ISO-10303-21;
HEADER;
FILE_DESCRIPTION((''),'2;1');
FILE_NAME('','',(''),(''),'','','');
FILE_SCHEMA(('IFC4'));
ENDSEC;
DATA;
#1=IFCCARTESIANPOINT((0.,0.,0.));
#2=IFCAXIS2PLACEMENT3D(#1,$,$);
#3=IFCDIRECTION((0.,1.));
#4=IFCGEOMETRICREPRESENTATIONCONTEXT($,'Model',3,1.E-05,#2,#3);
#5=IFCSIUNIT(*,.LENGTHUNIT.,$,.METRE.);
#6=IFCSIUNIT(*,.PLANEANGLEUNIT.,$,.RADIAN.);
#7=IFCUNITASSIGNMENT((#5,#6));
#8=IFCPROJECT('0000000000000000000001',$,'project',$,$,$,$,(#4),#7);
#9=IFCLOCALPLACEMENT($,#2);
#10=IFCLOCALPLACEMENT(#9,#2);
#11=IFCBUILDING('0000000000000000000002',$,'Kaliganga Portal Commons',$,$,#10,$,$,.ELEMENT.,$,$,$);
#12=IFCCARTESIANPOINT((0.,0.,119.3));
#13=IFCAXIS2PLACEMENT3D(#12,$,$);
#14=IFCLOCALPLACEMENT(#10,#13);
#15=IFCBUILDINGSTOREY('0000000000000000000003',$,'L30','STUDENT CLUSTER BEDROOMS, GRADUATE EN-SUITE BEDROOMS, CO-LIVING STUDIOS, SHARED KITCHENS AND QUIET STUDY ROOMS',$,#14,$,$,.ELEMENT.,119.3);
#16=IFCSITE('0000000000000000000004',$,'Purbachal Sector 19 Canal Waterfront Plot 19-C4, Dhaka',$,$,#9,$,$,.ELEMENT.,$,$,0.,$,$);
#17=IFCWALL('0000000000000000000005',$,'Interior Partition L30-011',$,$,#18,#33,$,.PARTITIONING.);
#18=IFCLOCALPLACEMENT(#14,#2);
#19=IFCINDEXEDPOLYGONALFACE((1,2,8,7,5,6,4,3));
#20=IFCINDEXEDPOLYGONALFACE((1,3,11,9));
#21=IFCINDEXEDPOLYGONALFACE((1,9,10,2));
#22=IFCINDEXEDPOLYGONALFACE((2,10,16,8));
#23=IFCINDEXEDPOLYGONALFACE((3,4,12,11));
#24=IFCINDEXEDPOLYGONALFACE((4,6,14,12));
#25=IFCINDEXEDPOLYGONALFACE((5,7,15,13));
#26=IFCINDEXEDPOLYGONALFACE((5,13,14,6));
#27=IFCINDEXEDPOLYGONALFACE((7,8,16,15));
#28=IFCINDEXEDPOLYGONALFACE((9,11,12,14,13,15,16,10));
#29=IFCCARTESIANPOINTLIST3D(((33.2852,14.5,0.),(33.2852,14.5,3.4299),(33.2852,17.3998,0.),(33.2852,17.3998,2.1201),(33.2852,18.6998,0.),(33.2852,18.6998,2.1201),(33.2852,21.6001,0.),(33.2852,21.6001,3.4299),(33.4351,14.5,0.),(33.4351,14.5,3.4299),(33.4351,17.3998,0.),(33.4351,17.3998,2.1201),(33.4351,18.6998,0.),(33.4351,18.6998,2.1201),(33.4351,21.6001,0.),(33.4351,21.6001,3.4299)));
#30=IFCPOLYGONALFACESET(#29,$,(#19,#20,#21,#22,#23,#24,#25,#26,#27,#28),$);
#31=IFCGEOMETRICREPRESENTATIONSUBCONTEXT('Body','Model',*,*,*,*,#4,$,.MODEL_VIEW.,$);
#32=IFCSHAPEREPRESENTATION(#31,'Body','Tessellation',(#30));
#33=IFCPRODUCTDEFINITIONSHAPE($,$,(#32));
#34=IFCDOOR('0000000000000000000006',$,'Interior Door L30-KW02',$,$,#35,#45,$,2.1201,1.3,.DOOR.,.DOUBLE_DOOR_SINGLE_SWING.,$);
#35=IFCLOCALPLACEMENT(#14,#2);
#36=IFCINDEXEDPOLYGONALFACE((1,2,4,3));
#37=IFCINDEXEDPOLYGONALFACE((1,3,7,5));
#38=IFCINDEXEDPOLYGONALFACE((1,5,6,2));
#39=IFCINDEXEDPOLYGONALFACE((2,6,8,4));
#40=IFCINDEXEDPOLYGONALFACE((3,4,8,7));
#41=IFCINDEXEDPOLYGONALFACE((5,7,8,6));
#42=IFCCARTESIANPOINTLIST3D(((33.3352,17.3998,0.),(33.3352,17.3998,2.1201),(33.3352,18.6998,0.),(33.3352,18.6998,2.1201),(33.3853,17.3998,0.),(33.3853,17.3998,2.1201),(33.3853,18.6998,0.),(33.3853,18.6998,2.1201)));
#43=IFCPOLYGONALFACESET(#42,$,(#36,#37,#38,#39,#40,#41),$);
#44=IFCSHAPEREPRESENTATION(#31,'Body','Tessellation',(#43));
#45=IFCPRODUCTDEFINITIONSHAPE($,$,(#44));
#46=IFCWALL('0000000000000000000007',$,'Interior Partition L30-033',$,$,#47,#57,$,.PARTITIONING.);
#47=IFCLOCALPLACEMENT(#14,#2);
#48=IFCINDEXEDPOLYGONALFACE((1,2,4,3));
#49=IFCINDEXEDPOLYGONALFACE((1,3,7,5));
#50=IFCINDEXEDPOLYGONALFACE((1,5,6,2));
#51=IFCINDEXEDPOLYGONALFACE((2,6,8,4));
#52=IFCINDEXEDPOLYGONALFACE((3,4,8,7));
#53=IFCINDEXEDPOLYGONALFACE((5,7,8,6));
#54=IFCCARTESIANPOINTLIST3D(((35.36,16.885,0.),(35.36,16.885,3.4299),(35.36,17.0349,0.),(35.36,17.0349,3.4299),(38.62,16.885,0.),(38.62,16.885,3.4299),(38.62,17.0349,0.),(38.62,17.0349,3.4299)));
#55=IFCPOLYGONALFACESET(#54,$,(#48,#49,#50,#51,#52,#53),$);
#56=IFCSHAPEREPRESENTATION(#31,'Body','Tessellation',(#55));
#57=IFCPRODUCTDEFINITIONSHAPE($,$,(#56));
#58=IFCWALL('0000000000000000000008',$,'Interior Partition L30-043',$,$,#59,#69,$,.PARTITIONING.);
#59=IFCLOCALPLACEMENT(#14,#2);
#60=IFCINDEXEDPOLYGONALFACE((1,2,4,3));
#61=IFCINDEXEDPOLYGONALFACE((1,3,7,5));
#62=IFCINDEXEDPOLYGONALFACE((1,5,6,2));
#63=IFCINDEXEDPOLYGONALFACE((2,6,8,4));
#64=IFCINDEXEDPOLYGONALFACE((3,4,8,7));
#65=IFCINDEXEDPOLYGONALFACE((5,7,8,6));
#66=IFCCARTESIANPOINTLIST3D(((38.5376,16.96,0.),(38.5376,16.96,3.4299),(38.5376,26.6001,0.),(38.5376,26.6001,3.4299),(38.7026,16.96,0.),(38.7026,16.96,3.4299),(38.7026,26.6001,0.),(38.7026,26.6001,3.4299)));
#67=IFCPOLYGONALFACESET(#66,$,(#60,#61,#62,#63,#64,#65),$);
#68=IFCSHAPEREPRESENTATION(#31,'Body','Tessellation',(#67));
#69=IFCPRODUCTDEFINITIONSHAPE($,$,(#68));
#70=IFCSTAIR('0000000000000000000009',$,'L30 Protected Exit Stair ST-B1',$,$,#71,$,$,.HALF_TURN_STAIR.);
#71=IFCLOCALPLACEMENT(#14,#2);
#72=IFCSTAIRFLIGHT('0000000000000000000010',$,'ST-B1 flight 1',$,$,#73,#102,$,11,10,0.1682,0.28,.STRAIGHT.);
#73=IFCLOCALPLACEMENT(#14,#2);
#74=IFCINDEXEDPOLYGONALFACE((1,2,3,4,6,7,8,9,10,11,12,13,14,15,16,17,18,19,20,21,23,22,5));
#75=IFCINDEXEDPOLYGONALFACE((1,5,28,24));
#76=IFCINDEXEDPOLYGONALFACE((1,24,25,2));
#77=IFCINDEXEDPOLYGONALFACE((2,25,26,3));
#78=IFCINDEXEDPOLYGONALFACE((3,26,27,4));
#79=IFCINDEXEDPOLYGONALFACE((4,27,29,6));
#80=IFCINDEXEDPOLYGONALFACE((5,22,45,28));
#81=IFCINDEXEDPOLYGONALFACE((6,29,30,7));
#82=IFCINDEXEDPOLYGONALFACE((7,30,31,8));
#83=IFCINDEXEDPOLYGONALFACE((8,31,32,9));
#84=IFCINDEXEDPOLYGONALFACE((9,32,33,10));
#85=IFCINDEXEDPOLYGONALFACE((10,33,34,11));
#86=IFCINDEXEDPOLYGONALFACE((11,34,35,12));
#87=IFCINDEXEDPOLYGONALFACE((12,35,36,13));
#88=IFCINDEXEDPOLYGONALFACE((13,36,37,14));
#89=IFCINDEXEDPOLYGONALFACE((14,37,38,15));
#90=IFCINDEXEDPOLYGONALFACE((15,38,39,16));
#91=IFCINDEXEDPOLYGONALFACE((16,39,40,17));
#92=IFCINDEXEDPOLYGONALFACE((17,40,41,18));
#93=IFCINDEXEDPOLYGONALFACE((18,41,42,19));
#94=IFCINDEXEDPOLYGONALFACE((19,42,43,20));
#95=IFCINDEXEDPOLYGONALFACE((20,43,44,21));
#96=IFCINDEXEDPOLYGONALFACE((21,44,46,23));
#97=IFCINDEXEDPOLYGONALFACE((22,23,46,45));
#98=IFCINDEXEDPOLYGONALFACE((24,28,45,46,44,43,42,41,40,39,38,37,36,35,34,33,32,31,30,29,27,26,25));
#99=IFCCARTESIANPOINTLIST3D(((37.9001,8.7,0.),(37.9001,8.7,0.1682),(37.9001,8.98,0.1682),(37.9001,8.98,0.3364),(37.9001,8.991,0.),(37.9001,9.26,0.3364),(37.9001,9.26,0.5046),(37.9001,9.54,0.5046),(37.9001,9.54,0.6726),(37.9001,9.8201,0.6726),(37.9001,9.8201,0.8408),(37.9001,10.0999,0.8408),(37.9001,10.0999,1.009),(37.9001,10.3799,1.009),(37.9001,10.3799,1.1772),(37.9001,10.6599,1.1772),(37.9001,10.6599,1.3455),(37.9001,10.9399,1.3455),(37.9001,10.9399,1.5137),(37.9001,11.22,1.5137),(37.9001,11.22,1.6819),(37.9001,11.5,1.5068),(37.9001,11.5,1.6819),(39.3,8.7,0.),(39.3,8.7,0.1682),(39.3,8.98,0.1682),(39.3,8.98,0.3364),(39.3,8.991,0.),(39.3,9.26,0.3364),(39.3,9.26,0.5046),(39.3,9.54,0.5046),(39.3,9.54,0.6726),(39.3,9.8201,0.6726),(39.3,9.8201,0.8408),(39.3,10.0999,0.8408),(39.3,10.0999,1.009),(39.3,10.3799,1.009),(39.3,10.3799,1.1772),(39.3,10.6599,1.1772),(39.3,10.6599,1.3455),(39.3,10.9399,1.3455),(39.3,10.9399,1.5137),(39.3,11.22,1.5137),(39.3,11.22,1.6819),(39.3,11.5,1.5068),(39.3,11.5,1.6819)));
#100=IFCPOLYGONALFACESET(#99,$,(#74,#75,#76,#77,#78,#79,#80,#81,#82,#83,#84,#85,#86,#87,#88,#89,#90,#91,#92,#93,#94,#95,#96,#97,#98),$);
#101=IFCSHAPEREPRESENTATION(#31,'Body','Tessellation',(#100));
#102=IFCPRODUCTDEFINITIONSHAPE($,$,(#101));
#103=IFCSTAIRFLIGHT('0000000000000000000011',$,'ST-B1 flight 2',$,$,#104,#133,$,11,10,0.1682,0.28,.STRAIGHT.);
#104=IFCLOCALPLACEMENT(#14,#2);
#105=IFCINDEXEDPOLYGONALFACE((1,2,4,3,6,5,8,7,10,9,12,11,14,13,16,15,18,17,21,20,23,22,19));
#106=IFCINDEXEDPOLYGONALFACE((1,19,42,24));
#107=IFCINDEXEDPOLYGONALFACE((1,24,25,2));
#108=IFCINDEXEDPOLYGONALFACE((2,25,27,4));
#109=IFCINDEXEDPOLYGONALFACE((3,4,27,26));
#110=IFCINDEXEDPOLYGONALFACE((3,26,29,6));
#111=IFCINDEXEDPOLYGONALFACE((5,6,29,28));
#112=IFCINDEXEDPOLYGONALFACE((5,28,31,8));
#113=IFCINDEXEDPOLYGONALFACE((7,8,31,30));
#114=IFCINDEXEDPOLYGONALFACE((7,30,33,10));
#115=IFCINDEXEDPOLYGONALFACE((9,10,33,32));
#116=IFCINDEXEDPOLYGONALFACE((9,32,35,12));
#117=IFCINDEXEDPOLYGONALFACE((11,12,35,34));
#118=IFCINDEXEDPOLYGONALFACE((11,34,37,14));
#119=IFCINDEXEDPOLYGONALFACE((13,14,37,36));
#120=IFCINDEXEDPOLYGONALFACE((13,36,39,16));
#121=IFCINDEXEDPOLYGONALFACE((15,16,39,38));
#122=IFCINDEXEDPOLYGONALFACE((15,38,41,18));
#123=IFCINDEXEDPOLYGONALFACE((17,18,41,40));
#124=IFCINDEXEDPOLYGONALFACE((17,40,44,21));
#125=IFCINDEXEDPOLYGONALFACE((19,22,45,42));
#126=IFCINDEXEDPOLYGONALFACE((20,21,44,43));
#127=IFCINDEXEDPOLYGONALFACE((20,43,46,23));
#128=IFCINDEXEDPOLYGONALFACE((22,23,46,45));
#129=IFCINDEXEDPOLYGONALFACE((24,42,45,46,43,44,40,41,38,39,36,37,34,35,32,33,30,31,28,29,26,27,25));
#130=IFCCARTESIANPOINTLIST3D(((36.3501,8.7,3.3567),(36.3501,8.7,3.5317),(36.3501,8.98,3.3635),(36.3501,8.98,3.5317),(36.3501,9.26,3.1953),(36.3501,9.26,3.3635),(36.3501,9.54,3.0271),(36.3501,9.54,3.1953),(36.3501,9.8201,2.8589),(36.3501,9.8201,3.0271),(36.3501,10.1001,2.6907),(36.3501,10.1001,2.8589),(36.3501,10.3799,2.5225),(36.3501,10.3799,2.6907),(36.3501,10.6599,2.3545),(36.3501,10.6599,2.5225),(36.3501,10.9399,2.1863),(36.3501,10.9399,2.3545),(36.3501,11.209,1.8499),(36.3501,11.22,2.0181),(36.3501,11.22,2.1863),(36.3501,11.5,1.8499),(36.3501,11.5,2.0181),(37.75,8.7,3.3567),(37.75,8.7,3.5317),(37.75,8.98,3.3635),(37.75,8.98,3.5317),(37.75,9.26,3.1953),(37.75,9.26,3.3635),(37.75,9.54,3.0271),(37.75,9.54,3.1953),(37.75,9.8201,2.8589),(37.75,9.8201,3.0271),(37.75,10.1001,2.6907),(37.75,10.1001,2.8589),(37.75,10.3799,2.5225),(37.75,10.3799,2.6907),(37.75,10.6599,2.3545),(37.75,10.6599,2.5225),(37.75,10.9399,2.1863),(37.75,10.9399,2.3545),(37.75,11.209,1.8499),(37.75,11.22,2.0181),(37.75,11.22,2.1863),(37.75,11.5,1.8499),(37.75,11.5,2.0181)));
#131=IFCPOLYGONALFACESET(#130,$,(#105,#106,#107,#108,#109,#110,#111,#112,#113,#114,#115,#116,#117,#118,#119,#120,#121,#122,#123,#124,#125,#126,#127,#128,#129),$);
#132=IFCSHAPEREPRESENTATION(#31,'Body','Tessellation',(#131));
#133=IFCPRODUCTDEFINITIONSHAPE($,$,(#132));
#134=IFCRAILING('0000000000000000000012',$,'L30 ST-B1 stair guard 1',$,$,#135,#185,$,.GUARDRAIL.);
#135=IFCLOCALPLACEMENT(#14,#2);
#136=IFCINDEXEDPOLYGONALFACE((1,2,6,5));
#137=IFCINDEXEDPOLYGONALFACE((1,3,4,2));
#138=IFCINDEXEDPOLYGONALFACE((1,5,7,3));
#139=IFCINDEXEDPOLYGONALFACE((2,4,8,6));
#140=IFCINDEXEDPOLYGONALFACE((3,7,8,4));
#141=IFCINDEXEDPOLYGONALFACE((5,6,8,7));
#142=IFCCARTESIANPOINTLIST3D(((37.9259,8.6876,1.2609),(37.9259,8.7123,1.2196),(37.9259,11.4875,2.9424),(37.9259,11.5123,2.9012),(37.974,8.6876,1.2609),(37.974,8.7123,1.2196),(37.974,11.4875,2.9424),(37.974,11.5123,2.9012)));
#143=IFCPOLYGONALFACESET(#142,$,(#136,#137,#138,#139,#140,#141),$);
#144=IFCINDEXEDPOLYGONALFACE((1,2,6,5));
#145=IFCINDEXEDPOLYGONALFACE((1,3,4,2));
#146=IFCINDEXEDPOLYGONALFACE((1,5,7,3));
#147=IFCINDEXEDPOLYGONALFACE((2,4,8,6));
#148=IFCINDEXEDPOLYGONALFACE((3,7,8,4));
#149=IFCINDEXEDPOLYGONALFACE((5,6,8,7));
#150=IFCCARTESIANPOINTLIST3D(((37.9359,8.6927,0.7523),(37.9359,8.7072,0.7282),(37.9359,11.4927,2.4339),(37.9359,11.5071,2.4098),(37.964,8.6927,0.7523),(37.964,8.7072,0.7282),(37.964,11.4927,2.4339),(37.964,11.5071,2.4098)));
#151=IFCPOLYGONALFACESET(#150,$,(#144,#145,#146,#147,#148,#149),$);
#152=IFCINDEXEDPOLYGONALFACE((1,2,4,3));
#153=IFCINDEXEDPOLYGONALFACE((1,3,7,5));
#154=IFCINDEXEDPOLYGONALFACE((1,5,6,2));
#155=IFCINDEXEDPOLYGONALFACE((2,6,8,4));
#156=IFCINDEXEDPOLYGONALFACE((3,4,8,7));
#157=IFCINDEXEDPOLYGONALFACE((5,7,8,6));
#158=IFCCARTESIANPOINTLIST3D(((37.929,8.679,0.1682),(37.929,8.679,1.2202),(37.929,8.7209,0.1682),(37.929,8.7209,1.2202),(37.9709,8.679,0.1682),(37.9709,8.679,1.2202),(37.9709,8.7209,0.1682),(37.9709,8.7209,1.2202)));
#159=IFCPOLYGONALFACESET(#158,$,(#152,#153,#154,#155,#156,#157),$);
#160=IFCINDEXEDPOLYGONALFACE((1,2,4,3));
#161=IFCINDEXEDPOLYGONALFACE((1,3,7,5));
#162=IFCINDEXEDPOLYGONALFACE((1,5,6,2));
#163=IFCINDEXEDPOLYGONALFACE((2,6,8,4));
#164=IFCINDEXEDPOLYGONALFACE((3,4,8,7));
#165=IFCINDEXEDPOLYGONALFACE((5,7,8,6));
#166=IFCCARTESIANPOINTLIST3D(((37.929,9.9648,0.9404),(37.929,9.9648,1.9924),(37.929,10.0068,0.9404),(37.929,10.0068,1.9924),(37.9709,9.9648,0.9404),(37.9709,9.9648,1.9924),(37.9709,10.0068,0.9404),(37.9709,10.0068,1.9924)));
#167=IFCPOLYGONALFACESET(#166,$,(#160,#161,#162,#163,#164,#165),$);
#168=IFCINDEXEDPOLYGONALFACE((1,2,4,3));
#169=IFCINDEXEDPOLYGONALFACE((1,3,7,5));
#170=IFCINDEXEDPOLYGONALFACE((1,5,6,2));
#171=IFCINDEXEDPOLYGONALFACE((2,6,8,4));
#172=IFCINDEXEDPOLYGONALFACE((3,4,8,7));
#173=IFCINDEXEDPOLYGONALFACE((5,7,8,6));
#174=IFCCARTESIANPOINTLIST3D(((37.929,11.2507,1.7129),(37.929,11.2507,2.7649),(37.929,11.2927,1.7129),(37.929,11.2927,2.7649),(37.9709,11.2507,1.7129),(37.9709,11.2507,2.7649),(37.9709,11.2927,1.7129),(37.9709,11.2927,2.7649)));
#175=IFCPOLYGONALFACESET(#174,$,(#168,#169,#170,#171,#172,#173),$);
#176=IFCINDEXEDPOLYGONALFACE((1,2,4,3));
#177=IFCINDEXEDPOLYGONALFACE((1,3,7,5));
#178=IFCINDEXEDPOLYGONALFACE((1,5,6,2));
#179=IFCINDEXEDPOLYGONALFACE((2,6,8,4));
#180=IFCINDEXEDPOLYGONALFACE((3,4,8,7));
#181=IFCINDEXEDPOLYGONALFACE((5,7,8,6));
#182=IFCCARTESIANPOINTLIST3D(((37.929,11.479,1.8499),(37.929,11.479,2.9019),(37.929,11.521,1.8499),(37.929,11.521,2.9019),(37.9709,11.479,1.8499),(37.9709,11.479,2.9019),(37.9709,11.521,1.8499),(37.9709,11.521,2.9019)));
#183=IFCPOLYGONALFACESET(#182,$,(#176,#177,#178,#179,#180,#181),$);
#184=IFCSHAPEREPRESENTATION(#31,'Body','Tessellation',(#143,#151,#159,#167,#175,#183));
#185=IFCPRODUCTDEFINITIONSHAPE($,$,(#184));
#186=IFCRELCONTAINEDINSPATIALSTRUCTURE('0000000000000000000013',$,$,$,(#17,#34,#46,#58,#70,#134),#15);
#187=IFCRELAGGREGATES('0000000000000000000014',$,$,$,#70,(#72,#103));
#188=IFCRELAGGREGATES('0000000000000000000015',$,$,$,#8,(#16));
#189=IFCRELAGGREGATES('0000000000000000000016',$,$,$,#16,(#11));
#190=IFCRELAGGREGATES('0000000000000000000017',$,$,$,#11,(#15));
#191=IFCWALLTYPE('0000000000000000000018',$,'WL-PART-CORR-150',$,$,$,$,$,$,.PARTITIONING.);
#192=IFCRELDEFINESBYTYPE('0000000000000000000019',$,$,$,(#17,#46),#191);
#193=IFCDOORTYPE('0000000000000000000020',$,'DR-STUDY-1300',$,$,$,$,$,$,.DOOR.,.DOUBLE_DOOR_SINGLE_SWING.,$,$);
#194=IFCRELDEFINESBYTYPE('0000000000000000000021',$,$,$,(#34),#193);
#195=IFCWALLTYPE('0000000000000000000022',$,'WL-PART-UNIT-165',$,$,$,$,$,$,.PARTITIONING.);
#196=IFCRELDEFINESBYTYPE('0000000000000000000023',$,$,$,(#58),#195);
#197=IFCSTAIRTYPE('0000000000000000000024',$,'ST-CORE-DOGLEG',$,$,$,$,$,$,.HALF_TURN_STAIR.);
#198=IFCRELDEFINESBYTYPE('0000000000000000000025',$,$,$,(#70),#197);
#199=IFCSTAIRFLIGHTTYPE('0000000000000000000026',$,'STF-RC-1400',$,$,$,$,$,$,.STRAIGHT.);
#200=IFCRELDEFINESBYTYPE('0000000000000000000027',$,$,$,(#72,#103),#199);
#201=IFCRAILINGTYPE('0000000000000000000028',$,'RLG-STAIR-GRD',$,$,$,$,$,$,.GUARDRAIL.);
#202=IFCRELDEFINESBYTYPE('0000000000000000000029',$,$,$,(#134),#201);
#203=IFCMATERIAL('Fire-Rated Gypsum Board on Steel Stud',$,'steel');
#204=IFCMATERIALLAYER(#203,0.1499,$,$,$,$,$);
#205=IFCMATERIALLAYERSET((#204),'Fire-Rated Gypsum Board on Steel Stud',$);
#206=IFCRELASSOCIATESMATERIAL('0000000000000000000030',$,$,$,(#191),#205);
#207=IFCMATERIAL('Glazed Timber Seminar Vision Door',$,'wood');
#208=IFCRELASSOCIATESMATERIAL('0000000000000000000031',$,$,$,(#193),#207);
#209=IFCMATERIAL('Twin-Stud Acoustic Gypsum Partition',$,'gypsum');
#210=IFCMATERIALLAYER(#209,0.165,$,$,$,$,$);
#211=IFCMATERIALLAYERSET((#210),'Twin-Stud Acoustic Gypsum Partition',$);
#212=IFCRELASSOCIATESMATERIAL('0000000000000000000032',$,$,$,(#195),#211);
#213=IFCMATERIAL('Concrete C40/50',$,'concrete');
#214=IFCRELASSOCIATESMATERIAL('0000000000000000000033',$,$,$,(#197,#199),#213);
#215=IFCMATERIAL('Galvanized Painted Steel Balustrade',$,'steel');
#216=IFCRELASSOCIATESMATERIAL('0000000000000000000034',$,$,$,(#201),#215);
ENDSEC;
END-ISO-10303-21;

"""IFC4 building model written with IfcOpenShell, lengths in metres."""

from ifc_helpers import new_model, si_unit, direction, frame, frame_2d, origin, origin_2d, place, context, subcontext, project, spatial, polyline, rectangle, outline, extrude, material, layer, layer_set, type_object, element, fill, aggregate, save


model = new_model("IFC4")

# Units and contexts
model_context = context("Model", 3, precision=1e-05, world=origin(), true_north=direction((0.0, 1.0)))
body_context = subcontext(model_context, "Body", "Model", "MODEL_VIEW")
ifc_project = project(units=[si_unit("LENGTHUNIT", "METRE"), si_unit("PLANEANGLEUNIT", "RADIAN")], contexts=[model_context])

# Site, building, storey
site_placement = place(None, origin())
site = spatial("IfcSite", under=ifc_project, at=site_placement, Name="Purbachal Sector 19 Canal Waterfront Plot 19-C4, Dhaka", CompositionType="ELEMENT", RefElevation=0.0)
building_placement = place(site_placement, origin())
building = spatial("IfcBuilding", under=site, at=building_placement, Name="Kaliganga Portal Commons", CompositionType="ELEMENT")
storey_placement = place(building_placement, frame((0.0, 0.0, 119.3)))
storey = spatial("IfcBuildingStorey", under=building, at=storey_placement, Name="L30", Description="STUDENT CLUSTER BEDROOMS, GRADUATE EN-SUITE BEDROOMS, CO-LIVING STUDIOS, SHARED KITCHENS AND QUIET STUDY ROOMS", CompositionType="ELEMENT", Elevation=119.3)

# Wall, opening, door
ifc_material_1 = material(Name="Fire-Rated Gypsum Board on Steel Stud", Category="steel")
ifc_layer_1 = layer(ifc_material_1, 0.1499)
ifc_layer_set_1 = layer_set([ifc_layer_1], Name="Fire-Rated Gypsum Board on Steel Stud")
wall_type_1 = type_object("IfcWallType", Name="WL-PART-CORR-150", PredefinedType="PARTITIONING", material=ifc_layer_set_1)
ifc_material_2 = material(Name="Glazed Timber Seminar Vision Door", Category="wood")
door_type = type_object("IfcDoorType", Name="DR-STUDY-1300", OperationType="DOUBLE_DOOR_SINGLE_SWING", PredefinedType="DOOR", material=ifc_material_2)
wall_1_placement = place(storey_placement, frame((33.3601, 14.5, 0.0), z_axis=(0.0, 0.0, 1.0), x_axis=(0.0, 1.0, 0.0)))
wall_1 = element("IfcWall", 1, at=wall_1_placement, inside=storey, type_object=wall_type_1, Name="Interior Partition L30-011", PredefinedType="PARTITIONING", context=body_context, shape_type="SweptSolid", body=[
    extrude(rectangle(XDim=7.1001, YDim=0.1499, at=frame_2d((3.55, 0.0))), origin(), (0.0, 0.0, 1.0), 3.4299),
])
opening_1_placement = place(wall_1_placement, frame((2.8999, 0.0, 0.0)))
opening_1 = element("IfcOpeningElement", 2, at=opening_1_placement, cuts=wall_1, PredefinedType="OPENING", context=body_context, shape_type="SweptSolid", body=[
    extrude(rectangle(XDim=1.3, YDim=2.1201, at=frame_2d((0.6499, 1.0601))), frame((0.0, 0.085, 0.0), z_axis=(0.0, -1.0, 0.0), x_axis=(1.0, 0.0, 0.0)), (0.0, 0.0, 1.0), 0.1699),
])
door_1_placement = place(opening_1_placement, origin())
door_1 = element("IfcDoor", 3, at=door_1_placement, inside=storey, type_object=door_type, Name="Interior Door L30-KW02", OperationType="DOUBLE_DOOR_SINGLE_SWING", OverallHeight=2.1201, OverallWidth=1.3, PredefinedType="DOOR", context=body_context, shape_type="SweptSolid", body=[
    extrude(rectangle(XDim=1.3, YDim=2.1201, at=frame_2d((0.6499, 1.0601))), frame((0.0, 0.0249, 0.0), z_axis=(0.0, -1.0, 0.0), x_axis=(1.0, 0.0, 0.0)), (0.0, 0.0, 1.0), 0.05),
])
fill(opening_1, door_1)

# Walls
wall_2_placement = place(storey_placement, frame((35.3601, 16.96, 0.0), z_axis=(0.0, 0.0, 1.0), x_axis=(1.0, 0.0, 0.0)))
element("IfcWall", 4, at=wall_2_placement, inside=storey, type_object=wall_type_1, Name="Interior Partition L30-033", PredefinedType="PARTITIONING", context=body_context, shape_type="SweptSolid", body=[
    extrude(rectangle(XDim=3.26, YDim=0.1499, at=frame_2d((1.6299, 0.0))), origin(), (0.0, 0.0, 1.0), 3.4299),
])
ifc_material_3 = material(Name="Twin-Stud Acoustic Gypsum Partition", Category="gypsum")
ifc_layer_2 = layer(ifc_material_3, 0.165)
ifc_layer_set_2 = layer_set([ifc_layer_2], Name="Twin-Stud Acoustic Gypsum Partition")
wall_type_2 = type_object("IfcWallType", Name="WL-PART-UNIT-165", PredefinedType="PARTITIONING", material=ifc_layer_set_2)
wall_3_placement = place(storey_placement, frame((38.6201, 16.96, 0.0), z_axis=(0.0, 0.0, 1.0), x_axis=(0.0, 1.0, 0.0)))
element("IfcWall", 5, at=wall_3_placement, inside=storey, type_object=wall_type_2, Name="Interior Partition L30-043", PredefinedType="PARTITIONING", context=body_context, shape_type="SweptSolid", body=[
    extrude(rectangle(XDim=9.6401, YDim=0.165, at=frame_2d((4.8201, 0.0))), origin(), (0.0, 0.0, 1.0), 3.4299),
])

# Stair, stair flights
ifc_material_4 = material(Name="Concrete C40/50", Category="concrete")
stair_type = type_object("IfcStairType", Name="ST-CORE-DOGLEG", PredefinedType="HALF_TURN_STAIR", material=ifc_material_4)
stair_placement = place(storey_placement, origin())
stair = element("IfcStair", 6, at=stair_placement, inside=storey, type_object=stair_type, Name="L30 Protected Exit Stair ST-B1", PredefinedType="HALF_TURN_STAIR")
stair_flight_type = type_object("IfcStairFlightType", Name="STF-RC-1400", PredefinedType="STRAIGHT", material=ifc_material_4)
stair_flight_1_placement = place(storey_placement, frame((38.6001, 8.7, 0.0), z_axis=(0.0, 0.0, 1.0), x_axis=(0.0, 1.0, 0.0)))
stair_flight_1 = element("IfcStairFlight", 7, at=stair_flight_1_placement, type_object=stair_flight_type, Name="ST-B1 flight 1", NumberOfRisers=11, NumberOfTreads=10, PredefinedType="STRAIGHT", RiserHeight=0.1682, TreadLength=0.28, context=body_context, shape_type="SweptSolid", body=[
    extrude(outline(polyline([(0.0, 0.0), (0.0, 0.1682), (0.28, 0.1682), (0.28, 0.3364), (0.5601, 0.3364), (0.5601, 0.5046), (0.8401, 0.5046), (0.8401, 0.6726), (1.1201, 0.6726), (1.1201, 0.8408), (1.3999, 0.8408), (1.3999, 1.009), (1.6799, 1.009), (1.6799, 1.1772), (1.96, 1.1772), (1.96, 1.3455), (2.24, 1.3455), (2.24, 1.5137), (2.52, 1.5137), (2.52, 1.6819), (2.8, 1.6819), (2.8, 1.8501), (2.8, 1.5068), (0.291, 0.0), (0.0, 0.0)])), frame((0.0, 0.7, 0.0), z_axis=(0.0, -1.0, 0.0), x_axis=(1.0, 0.0, 0.0)), (0.0, 0.0, 1.0), 1.3999),
])
stair_flight_2_placement = place(storey_placement, frame((37.05, 11.5, 1.8499), z_axis=(0.0, 0.0, 1.0), x_axis=(0.0, -1.0, 0.0)))
stair_flight_2 = element("IfcStairFlight", 8, at=stair_flight_2_placement, type_object=stair_flight_type, Name="ST-B1 flight 2", NumberOfRisers=11, NumberOfTreads=10, PredefinedType="STRAIGHT", RiserHeight=0.1682, TreadLength=0.28, context=body_context, shape_type="SweptSolid", body=[
    extrude(outline(polyline([(0.0, 0.0), (0.0, 0.1682), (0.28, 0.1682), (0.28, 0.3364), (0.5601, 0.3364), (0.5601, 0.5046), (0.8401, 0.5046), (0.8401, 0.6726), (1.1201, 0.6726), (1.1201, 0.8408), (1.3999, 0.8408), (1.3999, 1.009), (1.6799, 1.009), (1.6799, 1.1772), (1.96, 1.1772), (1.96, 1.3455), (2.24, 1.3455), (2.24, 1.5137), (2.52, 1.5137), (2.52, 1.6819), (2.8, 1.6819), (2.8, 1.8501), (2.8, 1.5068), (0.291, 0.0), (0.0, 0.0)])), frame((0.0, 0.7, 0.0), z_axis=(0.0, -1.0, 0.0), x_axis=(1.0, 0.0, 0.0)), (0.0, 0.0, 1.0), 1.3999),
])
aggregate(stair, [stair_flight_1, stair_flight_2])

# Railing
ifc_material_5 = material(Name="Galvanized Painted Steel Balustrade", Category="steel")
railing_type_1 = type_object("IfcRailingType", Name="RLG-STAIR-GRD", PredefinedType="GUARDRAIL", material=ifc_material_5)
railing_1_placement = place(storey_placement, frame((37.95, 8.7, 0.1682)))
element("IfcRailing", 9, at=railing_1_placement, inside=storey, type_object=railing_type_1, Name="L30 ST-B1 stair guard 1", PredefinedType="GUARDRAIL", context=body_context, shape_type="SweptSolid", body=[
    extrude(rectangle(XDim=0.0481, YDim=0.0481, at=origin_2d()), frame((0.0, 0.0, 1.072), z_axis=(0.0, 0.857275, 0.514858), x_axis=(-1.0, 0.0, 0.0)), (0.0, 0.0, 1.0), 3.2661),
    extrude(rectangle(XDim=0.0281, YDim=0.0281, at=origin_2d()), frame((0.0, 0.0, 0.572), z_axis=(0.0, 0.857275, 0.514858), x_axis=(-1.0, 0.0, 0.0)), (0.0, 0.0, 1.0), 3.2661),
    extrude(rectangle(XDim=0.042, YDim=0.042, at=origin_2d()), origin(), (0.0, 0.0, 1.0), 1.052),
    extrude(rectangle(XDim=0.042, YDim=0.042, at=origin_2d()), frame((0.0, 1.2859, 0.7722)), (0.0, 0.0, 1.0), 1.052),
    extrude(rectangle(XDim=0.042, YDim=0.042, at=origin_2d()), frame((0.0, 2.5718, 1.5447)), (0.0, 0.0, 1.0), 1.052),
    extrude(rectangle(XDim=0.042, YDim=0.042, at=origin_2d()), frame((0.0, 2.8, 1.6816)), (0.0, 0.0, 1.0), 1.052),
])

save(model, "model.ifc")
